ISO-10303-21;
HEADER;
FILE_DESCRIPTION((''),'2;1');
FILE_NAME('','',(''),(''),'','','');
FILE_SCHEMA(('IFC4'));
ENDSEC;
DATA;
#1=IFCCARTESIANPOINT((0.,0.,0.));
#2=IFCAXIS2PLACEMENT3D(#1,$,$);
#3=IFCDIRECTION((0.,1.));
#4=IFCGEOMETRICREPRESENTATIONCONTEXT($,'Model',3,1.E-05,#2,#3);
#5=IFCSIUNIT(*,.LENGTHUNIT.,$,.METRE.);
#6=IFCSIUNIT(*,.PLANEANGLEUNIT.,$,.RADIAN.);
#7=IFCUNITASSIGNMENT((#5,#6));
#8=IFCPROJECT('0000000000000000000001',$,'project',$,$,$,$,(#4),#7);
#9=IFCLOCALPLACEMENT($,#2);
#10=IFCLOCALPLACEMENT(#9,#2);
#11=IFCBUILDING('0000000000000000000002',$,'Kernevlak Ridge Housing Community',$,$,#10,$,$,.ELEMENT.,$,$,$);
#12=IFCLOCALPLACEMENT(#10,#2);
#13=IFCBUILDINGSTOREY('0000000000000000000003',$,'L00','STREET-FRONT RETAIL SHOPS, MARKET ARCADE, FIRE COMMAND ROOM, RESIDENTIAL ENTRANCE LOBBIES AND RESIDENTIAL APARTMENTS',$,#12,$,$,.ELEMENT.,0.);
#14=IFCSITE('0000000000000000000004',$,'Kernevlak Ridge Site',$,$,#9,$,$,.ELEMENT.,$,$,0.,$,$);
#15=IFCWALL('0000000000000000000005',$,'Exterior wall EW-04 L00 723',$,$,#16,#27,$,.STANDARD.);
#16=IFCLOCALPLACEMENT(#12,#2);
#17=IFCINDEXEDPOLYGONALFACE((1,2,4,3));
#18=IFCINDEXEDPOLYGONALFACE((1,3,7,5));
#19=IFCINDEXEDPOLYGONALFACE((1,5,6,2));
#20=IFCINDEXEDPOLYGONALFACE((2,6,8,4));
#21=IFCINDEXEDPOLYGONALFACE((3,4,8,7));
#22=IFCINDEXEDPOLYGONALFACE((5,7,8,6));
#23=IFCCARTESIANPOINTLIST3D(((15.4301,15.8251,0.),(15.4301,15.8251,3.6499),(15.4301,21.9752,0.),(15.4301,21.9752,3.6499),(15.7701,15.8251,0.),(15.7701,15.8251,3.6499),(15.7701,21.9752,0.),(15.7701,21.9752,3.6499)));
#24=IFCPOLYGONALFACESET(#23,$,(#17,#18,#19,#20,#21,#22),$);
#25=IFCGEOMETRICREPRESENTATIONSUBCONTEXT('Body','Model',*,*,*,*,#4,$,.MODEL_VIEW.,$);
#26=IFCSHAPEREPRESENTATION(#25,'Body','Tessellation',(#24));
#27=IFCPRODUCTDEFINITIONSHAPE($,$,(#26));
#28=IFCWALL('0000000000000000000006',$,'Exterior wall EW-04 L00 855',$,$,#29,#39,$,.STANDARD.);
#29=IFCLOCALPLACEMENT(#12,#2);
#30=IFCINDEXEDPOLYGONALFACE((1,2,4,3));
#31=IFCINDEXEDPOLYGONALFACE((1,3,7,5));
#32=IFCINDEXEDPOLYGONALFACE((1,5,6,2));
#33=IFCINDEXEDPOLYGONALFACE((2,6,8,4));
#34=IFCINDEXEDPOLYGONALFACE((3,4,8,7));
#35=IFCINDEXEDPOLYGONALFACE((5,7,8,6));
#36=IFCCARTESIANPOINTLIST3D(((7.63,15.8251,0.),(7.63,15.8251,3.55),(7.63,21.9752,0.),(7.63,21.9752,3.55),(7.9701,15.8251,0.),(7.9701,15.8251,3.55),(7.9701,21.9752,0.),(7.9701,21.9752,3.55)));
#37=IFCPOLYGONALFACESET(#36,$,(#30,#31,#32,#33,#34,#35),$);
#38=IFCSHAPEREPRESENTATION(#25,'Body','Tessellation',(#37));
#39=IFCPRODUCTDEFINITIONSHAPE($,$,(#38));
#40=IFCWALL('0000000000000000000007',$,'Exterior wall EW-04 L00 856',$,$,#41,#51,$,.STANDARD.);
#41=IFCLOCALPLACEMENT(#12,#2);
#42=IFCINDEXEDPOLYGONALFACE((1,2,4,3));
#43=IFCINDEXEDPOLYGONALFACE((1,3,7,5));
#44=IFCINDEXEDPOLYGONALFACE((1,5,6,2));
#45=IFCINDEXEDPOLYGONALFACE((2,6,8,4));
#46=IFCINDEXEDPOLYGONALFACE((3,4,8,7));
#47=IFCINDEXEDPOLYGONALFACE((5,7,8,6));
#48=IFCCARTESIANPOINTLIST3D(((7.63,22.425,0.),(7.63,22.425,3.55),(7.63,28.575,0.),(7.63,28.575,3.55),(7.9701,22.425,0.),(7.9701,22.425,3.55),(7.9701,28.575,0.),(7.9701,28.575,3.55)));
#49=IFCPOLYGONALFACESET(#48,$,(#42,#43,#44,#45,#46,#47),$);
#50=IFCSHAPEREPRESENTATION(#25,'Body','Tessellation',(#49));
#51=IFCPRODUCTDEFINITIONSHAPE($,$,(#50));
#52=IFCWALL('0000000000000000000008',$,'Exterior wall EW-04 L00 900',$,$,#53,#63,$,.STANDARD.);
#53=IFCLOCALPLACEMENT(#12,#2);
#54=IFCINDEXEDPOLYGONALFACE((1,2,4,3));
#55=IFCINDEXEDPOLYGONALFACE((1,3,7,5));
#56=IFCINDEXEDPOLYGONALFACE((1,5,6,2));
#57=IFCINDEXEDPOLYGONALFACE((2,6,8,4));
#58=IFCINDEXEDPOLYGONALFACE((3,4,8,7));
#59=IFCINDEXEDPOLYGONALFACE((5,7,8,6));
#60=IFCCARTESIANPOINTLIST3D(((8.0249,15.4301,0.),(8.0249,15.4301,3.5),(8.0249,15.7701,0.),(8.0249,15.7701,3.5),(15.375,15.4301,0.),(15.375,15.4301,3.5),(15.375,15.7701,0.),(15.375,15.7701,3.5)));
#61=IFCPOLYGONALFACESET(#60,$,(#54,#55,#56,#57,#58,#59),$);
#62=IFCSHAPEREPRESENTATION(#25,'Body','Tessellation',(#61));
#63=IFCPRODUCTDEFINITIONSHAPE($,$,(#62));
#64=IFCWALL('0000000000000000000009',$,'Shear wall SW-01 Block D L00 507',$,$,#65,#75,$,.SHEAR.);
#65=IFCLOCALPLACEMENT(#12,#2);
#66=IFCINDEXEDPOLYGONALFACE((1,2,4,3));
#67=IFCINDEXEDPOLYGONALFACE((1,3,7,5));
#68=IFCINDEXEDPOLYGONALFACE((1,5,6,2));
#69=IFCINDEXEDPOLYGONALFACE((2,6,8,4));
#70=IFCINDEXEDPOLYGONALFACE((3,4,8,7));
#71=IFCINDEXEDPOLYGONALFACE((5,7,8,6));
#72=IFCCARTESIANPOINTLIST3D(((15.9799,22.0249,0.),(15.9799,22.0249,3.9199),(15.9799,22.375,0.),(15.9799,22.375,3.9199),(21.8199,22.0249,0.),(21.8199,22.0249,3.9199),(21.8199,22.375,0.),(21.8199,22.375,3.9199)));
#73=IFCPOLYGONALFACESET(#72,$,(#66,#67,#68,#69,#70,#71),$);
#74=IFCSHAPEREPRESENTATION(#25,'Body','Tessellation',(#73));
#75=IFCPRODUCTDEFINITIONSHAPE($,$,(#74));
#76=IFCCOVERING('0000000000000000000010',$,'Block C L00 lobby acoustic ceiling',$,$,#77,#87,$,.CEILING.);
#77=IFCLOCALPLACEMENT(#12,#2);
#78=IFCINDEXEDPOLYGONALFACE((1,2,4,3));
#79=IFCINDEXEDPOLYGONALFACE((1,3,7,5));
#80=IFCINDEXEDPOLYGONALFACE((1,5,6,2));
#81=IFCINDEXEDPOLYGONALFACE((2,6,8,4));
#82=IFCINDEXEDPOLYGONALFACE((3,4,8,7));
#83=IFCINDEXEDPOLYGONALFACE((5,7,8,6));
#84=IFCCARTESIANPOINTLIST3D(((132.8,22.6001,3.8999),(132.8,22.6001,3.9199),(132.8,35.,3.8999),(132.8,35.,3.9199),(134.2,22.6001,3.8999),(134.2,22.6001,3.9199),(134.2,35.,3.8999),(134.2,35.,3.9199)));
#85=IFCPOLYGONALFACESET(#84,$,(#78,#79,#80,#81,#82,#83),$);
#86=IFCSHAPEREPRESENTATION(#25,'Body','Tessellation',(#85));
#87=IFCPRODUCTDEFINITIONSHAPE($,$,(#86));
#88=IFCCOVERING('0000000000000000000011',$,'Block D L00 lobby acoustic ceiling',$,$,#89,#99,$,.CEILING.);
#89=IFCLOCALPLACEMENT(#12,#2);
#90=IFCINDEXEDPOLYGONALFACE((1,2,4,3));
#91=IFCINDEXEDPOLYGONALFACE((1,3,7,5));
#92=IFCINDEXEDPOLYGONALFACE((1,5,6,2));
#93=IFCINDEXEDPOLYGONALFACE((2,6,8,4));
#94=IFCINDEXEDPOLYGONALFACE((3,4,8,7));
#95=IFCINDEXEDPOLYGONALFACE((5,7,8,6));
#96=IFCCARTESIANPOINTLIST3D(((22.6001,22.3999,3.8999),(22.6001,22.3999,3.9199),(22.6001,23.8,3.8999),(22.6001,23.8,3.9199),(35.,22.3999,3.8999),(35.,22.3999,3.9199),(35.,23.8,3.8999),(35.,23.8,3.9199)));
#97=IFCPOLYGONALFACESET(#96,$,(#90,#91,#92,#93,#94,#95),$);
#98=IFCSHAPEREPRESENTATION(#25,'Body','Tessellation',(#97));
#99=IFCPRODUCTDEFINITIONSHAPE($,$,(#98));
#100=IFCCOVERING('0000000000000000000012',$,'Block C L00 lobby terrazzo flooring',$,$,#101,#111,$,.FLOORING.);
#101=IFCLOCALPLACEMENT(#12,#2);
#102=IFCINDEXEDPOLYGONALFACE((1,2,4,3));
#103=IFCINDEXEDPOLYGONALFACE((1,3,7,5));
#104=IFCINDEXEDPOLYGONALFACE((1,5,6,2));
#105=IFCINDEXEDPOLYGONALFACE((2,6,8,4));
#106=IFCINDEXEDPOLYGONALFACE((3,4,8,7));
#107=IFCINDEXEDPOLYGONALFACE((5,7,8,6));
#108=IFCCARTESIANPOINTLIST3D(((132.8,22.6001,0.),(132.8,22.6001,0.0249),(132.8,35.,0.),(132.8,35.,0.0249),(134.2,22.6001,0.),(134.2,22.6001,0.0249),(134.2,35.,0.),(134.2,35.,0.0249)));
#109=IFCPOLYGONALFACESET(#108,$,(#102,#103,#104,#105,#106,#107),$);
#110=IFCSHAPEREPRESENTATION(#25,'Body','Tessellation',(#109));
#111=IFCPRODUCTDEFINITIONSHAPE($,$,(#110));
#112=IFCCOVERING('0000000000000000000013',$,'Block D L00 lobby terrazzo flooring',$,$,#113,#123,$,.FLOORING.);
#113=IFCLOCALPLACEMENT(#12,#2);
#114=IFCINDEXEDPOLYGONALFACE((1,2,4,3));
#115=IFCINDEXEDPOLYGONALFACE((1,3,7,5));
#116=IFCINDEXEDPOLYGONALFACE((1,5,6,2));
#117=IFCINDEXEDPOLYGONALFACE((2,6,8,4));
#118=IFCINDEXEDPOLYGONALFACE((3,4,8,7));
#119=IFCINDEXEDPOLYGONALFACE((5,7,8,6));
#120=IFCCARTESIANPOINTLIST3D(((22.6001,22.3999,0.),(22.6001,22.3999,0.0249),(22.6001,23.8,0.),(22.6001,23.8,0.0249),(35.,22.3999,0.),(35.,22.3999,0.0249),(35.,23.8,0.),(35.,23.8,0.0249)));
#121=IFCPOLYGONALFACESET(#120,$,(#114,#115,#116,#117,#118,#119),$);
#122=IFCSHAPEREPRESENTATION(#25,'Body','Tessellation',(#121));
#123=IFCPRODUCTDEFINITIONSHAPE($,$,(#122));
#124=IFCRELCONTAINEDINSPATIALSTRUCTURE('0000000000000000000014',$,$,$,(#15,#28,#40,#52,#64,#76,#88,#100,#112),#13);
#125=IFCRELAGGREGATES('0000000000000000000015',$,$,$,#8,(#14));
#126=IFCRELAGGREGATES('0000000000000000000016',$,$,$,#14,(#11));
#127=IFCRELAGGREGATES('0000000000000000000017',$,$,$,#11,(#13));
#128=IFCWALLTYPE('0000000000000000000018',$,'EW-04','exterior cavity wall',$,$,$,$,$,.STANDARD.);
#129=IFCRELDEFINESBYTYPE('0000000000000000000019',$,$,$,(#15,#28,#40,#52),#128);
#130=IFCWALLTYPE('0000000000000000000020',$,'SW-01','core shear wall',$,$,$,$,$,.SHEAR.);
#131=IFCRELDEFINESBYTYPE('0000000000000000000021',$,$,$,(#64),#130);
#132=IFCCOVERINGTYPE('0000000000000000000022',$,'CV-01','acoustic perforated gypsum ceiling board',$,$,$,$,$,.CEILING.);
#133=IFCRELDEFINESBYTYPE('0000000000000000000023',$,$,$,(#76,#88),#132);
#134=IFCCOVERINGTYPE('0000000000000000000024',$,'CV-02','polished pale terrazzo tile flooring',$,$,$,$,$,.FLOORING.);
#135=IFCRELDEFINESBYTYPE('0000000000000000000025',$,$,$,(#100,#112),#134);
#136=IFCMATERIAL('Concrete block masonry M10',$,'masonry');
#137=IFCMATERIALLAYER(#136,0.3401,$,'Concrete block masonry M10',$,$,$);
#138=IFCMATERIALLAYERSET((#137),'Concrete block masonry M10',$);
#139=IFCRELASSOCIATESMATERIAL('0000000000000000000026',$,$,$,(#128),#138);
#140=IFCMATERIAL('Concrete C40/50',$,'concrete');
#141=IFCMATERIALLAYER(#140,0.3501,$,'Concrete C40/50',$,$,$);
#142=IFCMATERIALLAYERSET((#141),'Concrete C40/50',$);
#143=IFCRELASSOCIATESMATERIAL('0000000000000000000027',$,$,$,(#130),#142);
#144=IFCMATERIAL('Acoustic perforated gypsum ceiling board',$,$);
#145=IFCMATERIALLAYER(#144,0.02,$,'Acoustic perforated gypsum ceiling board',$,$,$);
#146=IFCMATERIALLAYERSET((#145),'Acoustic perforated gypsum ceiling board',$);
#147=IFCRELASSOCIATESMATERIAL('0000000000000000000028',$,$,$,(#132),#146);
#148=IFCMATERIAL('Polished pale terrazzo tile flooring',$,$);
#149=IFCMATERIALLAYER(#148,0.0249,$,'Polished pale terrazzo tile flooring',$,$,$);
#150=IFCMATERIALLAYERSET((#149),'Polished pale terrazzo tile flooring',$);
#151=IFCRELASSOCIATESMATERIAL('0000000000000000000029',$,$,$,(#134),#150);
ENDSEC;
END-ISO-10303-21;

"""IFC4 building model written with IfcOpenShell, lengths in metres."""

from ifc_helpers import new_model, si_unit, direction, frame, frame_2d, origin, place, context, subcontext, project, spatial, polyline, rectangle, outline, extrude, material, layer, layer_set, type_object, element, save


model = new_model("IFC4")

# Units and contexts
model_context = context("Model", 3, precision=1e-05, world=origin(), true_north=direction((0.0, 1.0)))
body_context = subcontext(model_context, "Body", "Model", "MODEL_VIEW")
ifc_project = project(units=[si_unit("LENGTHUNIT", "METRE"), si_unit("PLANEANGLEUNIT", "RADIAN")], contexts=[model_context])

# Site, building, storey
site_placement = place(None, origin())
site = spatial("IfcSite", under=ifc_project, at=site_placement, Name="Kernevlak Ridge Site", CompositionType="ELEMENT", RefElevation=0.0)
building_placement = place(site_placement, origin())
building = spatial("IfcBuilding", under=site, at=building_placement, Name="Kernevlak Ridge Housing Community", CompositionType="ELEMENT")
storey_placement = place(building_placement, origin())
storey = spatial("IfcBuildingStorey", under=building, at=storey_placement, Name="L00", Description="STREET-FRONT RETAIL SHOPS, MARKET ARCADE, FIRE COMMAND ROOM, RESIDENTIAL ENTRANCE LOBBIES AND RESIDENTIAL APARTMENTS", CompositionType="ELEMENT", Elevation=0.0)

# Shared definitions
ifc_material_1 = material(Name="Concrete block masonry M10", Category="masonry")
ifc_layer_1 = layer(ifc_material_1, 0.3401, Name="Concrete block masonry M10")
ifc_layer_set_1 = layer_set([ifc_layer_1], Name="Concrete block masonry M10")
wall_type_1 = type_object("IfcWallType", Name="EW-04", Description="exterior cavity wall", PredefinedType="STANDARD", material=ifc_layer_set_1)

# Walls
wall_1_placement = place(storey_placement, frame((15.6001, 15.825, 0.0), z_axis=(0.0, 0.0, 1.0), x_axis=(0.0, 1.0, 0.0)))
element("IfcWall", 1, at=wall_1_placement, inside=storey, type_object=wall_type_1, Name="Exterior wall EW-04 L00 723", PredefinedType="STANDARD", context=body_context, shape_type="SweptSolid", body=[
    extrude(rectangle(XDim=6.1501, YDim=0.3401, at=frame_2d((3.0752, 0.0))), origin(), (0.0, 0.0, 1.0), 3.6499),
])
wall_2_placement = place(storey_placement, frame((7.8, 15.825, 0.0), z_axis=(0.0, 0.0, 1.0), x_axis=(0.0, 1.0, 0.0)))
element("IfcWall", 2, at=wall_2_placement, inside=storey, type_object=wall_type_1, Name="Exterior wall EW-04 L00 855", PredefinedType="STANDARD", context=body_context, shape_type="SweptSolid", body=[
    extrude(rectangle(XDim=6.1501, YDim=0.3401, at=frame_2d((3.0752, 0.0))), origin(), (0.0, 0.0, 1.0), 3.55),
])
wall_3_placement = place(storey_placement, frame((7.8, 22.425, 0.0), z_axis=(0.0, 0.0, 1.0), x_axis=(0.0, 1.0, 0.0)))
element("IfcWall", 3, at=wall_3_placement, inside=storey, type_object=wall_type_1, Name="Exterior wall EW-04 L00 856", PredefinedType="STANDARD", context=body_context, shape_type="SweptSolid", body=[
    extrude(rectangle(XDim=6.1499, YDim=0.3401, at=frame_2d((3.075, 0.0))), origin(), (0.0, 0.0, 1.0), 3.55),
])
wall_4_placement = place(storey_placement, frame((8.0249, 15.6001, 0.0), z_axis=(0.0, 0.0, 1.0), x_axis=(1.0, 0.0, 0.0)))
element("IfcWall", 4, at=wall_4_placement, inside=storey, type_object=wall_type_1, Name="Exterior wall EW-04 L00 900", PredefinedType="STANDARD", context=body_context, shape_type="SweptSolid", body=[
    extrude(rectangle(XDim=7.3501, YDim=0.3401, at=frame_2d((3.675, 0.0))), origin(), (0.0, 0.0, 1.0), 3.5),
])

# Wall
ifc_material_2 = material(Name="Concrete C40/50", Category="concrete")
ifc_layer_2 = layer(ifc_material_2, 0.3501, Name="Concrete C40/50")
ifc_layer_set_2 = layer_set([ifc_layer_2], Name="Concrete C40/50")
wall_type_2 = type_object("IfcWallType", Name="SW-01", Description="core shear wall", PredefinedType="SHEAR", material=ifc_layer_set_2)
wall_5_placement = place(storey_placement, frame((15.98, 22.2, 0.0), z_axis=(0.0, 0.0, 1.0), x_axis=(1.0, 0.0, 0.0)))
element("IfcWall", 5, at=wall_5_placement, inside=storey, type_object=wall_type_2, Name="Shear wall SW-01 Block D L00 507", PredefinedType="SHEAR", context=body_context, shape_type="SweptSolid", body=[
    extrude(rectangle(XDim=5.8401, YDim=0.3501, at=frame_2d((2.9199, 0.0))), origin(), (0.0, 0.0, 1.0), 3.9199),
])

# Coverings
ifc_material_3 = material(Name="Acoustic perforated gypsum ceiling board")
ifc_layer_3 = layer(ifc_material_3, 0.02, Name="Acoustic perforated gypsum ceiling board")
ifc_layer_set_3 = layer_set([ifc_layer_3], Name="Acoustic perforated gypsum ceiling board")
covering_type_1 = type_object("IfcCoveringType", Name="CV-01", Description="acoustic perforated gypsum ceiling board", PredefinedType="CEILING", material=ifc_layer_set_3)
covering_1_placement = place(storey_placement, frame((0.0, 0.0, 3.8999)))
element("IfcCovering", 6, at=covering_1_placement, inside=storey, type_object=covering_type_1, Name="Block C L00 lobby acoustic ceiling", PredefinedType="CEILING", context=body_context, shape_type="SweptSolid", body=[
    extrude(outline(polyline([(134.2, 22.6001), (134.2, 35.0), (132.8, 35.0), (132.8, 22.6001), (134.2, 22.6001)])), origin(), (0.0, 0.0, 1.0), 0.02),
])
covering_2_placement = place(storey_placement, frame((0.0, 0.0, 3.8999)))
element("IfcCovering", 7, at=covering_2_placement, inside=storey, type_object=covering_type_1, Name="Block D L00 lobby acoustic ceiling", PredefinedType="CEILING", context=body_context, shape_type="SweptSolid", body=[
    extrude(outline(polyline([(22.6001, 22.3999), (35.0, 22.3999), (35.0, 23.8), (22.6001, 23.8), (22.6001, 22.3999)])), origin(), (0.0, 0.0, 1.0), 0.02),
])
ifc_material_4 = material(Name="Polished pale terrazzo tile flooring")
ifc_layer_4 = layer(ifc_material_4, 0.0249, Name="Polished pale terrazzo tile flooring")
ifc_layer_set_4 = layer_set([ifc_layer_4], Name="Polished pale terrazzo tile flooring")
covering_type_2 = type_object("IfcCoveringType", Name="CV-02", Description="polished pale terrazzo tile flooring", PredefinedType="FLOORING", material=ifc_layer_set_4)
covering_3_placement = place(storey_placement, origin())
element("IfcCovering", 8, at=covering_3_placement, inside=storey, type_object=covering_type_2, Name="Block C L00 lobby terrazzo flooring", PredefinedType="FLOORING", context=body_context, shape_type="SweptSolid", body=[
    extrude(outline(polyline([(134.2, 22.6001), (134.2, 35.0), (132.8, 35.0), (132.8, 22.6001), (134.2, 22.6001)])), origin(), (0.0, 0.0, 1.0), 0.0249),
])
covering_4_placement = place(storey_placement, origin())
element("IfcCovering", 9, at=covering_4_placement, inside=storey, type_object=covering_type_2, Name="Block D L00 lobby terrazzo flooring", PredefinedType="FLOORING", context=body_context, shape_type="SweptSolid", body=[
    extrude(outline(polyline([(22.6001, 22.3999), (35.0, 22.3999), (35.0, 23.8), (22.6001, 23.8), (22.6001, 22.3999)])), origin(), (0.0, 0.0, 1.0), 0.0249),
])

save(model, "model.ifc")
